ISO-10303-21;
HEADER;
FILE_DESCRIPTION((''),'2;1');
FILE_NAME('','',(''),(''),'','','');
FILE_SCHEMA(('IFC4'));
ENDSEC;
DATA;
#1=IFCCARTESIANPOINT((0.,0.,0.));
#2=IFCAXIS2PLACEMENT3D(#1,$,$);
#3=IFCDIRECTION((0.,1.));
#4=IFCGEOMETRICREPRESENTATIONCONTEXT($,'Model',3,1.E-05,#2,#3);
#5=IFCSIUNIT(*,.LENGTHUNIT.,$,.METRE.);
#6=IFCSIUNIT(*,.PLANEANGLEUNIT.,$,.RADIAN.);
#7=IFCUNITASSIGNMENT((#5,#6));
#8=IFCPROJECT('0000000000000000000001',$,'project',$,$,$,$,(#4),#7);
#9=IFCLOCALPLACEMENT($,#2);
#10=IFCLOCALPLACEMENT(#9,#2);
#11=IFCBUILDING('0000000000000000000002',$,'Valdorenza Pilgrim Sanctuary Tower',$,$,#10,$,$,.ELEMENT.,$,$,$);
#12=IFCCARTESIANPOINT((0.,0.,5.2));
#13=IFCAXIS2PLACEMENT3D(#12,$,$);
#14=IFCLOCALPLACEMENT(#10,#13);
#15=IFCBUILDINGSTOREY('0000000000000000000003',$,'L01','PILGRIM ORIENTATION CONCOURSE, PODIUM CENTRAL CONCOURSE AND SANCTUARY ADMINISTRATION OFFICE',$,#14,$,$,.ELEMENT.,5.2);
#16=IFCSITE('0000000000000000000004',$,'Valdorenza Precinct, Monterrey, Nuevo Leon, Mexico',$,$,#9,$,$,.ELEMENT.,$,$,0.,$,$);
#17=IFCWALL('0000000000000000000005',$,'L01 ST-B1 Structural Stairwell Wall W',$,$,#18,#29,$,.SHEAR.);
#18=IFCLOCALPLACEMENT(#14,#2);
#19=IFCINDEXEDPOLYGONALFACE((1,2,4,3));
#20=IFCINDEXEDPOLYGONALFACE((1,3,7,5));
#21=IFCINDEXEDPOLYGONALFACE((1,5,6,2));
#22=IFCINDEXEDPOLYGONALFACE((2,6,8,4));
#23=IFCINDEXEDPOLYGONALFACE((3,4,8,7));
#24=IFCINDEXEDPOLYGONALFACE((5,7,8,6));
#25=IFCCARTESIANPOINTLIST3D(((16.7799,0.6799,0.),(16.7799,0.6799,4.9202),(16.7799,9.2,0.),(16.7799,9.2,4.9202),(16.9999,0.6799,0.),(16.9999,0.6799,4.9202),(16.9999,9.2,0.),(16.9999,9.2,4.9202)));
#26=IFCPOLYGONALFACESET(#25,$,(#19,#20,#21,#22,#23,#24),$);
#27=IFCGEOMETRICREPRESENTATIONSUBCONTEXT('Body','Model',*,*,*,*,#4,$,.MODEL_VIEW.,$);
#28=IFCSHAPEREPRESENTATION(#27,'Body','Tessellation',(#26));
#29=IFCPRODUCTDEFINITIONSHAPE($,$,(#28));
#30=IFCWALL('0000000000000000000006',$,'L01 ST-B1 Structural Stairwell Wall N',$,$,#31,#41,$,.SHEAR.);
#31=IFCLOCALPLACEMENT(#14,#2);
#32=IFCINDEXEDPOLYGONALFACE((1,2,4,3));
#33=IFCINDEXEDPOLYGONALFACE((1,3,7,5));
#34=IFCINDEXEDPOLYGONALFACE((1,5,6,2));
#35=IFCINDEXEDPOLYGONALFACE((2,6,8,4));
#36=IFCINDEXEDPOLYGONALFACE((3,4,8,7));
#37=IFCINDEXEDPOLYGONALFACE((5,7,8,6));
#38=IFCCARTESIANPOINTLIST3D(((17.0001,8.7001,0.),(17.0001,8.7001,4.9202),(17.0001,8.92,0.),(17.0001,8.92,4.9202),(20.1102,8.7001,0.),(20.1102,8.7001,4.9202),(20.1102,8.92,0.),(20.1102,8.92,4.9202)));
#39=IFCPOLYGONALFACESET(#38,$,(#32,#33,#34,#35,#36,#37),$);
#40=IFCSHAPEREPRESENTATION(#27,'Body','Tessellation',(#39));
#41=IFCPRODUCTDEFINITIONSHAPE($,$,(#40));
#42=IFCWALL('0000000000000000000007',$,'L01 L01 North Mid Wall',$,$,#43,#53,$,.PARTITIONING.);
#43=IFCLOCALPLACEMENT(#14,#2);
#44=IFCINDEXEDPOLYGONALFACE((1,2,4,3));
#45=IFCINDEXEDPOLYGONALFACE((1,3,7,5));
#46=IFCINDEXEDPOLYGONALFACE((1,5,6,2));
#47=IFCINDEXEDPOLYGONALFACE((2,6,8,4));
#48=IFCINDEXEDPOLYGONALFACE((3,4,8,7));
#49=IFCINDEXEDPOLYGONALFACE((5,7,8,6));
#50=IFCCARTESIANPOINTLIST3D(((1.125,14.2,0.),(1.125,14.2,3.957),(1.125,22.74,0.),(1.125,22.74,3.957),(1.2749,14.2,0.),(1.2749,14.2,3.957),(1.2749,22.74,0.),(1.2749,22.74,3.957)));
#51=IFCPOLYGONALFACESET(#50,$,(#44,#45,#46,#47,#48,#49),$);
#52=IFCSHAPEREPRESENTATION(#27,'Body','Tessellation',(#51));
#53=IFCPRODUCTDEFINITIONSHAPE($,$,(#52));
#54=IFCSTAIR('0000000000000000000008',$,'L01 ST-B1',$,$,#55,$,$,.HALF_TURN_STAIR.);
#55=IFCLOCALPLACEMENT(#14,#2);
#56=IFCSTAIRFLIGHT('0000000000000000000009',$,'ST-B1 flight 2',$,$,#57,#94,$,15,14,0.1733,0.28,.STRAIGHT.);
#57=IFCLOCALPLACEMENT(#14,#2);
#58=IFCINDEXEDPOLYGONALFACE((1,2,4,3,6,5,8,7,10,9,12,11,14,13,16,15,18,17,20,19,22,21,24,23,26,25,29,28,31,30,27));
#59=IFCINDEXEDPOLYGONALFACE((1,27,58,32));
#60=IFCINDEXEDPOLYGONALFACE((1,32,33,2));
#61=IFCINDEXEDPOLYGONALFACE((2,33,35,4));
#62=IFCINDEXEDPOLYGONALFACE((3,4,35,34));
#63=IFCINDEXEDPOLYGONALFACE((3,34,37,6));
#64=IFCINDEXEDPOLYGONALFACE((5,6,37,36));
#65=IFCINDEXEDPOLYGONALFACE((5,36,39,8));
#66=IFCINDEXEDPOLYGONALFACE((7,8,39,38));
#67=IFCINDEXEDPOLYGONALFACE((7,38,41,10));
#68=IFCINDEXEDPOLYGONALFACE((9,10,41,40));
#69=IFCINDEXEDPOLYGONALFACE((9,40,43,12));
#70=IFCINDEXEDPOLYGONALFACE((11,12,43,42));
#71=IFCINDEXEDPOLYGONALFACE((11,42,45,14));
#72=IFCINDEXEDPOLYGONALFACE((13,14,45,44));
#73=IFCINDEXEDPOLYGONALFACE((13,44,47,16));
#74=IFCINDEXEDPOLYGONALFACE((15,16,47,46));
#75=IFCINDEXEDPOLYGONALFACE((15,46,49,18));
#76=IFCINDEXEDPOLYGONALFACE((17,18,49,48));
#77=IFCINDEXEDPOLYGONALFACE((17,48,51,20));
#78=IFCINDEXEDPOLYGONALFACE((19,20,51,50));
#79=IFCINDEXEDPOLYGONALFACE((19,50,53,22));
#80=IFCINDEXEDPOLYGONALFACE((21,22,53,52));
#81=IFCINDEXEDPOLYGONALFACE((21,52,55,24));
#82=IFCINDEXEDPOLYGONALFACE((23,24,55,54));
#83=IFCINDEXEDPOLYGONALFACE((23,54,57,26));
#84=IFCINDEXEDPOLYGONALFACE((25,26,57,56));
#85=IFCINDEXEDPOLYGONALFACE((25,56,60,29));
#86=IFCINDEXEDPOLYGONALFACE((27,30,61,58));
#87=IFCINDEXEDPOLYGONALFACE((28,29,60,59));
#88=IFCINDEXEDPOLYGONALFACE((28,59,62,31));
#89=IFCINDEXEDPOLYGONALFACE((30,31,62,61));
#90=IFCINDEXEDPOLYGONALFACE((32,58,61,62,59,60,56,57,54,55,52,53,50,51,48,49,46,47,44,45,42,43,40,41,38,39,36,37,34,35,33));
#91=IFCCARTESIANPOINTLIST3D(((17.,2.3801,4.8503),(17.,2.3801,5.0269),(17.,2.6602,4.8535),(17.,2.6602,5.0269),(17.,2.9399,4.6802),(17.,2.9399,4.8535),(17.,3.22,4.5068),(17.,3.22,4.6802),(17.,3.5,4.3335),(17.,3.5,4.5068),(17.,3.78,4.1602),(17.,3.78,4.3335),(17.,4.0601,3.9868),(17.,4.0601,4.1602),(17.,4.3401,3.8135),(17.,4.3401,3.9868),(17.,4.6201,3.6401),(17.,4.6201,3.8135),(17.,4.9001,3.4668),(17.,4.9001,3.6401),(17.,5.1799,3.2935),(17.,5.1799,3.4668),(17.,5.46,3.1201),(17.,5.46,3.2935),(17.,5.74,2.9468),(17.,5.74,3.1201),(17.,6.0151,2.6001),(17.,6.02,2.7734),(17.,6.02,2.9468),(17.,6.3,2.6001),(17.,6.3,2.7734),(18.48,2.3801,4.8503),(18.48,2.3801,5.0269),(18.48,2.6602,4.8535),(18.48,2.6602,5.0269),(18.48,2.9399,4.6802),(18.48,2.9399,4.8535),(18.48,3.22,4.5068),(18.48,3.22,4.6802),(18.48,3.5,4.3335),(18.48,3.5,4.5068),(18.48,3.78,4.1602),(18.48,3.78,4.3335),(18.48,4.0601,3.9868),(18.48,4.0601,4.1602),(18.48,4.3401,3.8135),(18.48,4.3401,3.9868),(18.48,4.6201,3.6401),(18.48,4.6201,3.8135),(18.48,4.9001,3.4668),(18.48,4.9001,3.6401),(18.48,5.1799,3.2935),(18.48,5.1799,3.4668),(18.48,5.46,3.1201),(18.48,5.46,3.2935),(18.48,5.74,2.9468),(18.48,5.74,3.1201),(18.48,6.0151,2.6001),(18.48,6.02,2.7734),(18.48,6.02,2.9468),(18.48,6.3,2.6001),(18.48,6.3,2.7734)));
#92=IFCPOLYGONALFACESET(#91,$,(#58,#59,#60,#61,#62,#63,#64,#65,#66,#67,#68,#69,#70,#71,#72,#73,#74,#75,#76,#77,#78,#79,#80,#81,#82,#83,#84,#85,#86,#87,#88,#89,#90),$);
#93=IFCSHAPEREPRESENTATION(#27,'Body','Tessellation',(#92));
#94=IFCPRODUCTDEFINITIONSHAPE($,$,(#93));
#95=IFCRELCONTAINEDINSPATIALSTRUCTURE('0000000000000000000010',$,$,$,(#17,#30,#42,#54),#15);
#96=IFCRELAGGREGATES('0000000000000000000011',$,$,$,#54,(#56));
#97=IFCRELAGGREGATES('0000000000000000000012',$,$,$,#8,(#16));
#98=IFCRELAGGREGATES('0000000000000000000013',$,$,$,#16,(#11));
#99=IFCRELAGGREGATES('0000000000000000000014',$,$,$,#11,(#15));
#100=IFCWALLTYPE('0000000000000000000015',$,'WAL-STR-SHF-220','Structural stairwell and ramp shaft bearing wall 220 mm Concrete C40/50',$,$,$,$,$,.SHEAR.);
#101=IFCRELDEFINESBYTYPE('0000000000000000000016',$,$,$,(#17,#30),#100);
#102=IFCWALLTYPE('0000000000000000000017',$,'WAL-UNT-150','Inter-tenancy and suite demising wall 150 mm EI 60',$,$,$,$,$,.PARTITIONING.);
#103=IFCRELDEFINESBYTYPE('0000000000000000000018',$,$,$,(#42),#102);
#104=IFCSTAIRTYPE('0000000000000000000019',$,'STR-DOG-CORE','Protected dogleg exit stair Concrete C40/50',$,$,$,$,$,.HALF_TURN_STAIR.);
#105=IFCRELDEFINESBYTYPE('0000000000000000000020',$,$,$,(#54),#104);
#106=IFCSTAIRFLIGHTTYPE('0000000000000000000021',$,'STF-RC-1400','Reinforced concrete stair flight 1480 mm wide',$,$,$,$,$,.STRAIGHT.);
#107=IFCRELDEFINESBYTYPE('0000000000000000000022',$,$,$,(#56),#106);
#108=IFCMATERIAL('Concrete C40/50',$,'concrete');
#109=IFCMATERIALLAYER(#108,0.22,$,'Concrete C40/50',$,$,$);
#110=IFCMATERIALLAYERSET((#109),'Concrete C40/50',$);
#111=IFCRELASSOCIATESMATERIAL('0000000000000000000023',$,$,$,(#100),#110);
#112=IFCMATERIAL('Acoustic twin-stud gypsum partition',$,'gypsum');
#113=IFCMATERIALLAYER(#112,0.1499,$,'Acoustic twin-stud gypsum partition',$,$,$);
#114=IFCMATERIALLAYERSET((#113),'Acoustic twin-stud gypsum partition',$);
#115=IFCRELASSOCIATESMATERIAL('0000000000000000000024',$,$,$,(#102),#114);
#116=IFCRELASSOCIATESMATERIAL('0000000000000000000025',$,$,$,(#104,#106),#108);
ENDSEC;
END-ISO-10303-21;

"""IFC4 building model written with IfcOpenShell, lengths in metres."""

from ifc_helpers import new_model, si_unit, direction, frame, frame_2d, origin, place, context, subcontext, project, spatial, polyline, rectangle, outline, extrude, material, layer, layer_set, type_object, element, aggregate, save


model = new_model("IFC4")

# Units and contexts
model_context = context("Model", 3, precision=1e-05, world=origin(), true_north=direction((0.0, 1.0)))
body_context = subcontext(model_context, "Body", "Model", "MODEL_VIEW")
ifc_project = project(units=[si_unit("LENGTHUNIT", "METRE"), si_unit("PLANEANGLEUNIT", "RADIAN")], contexts=[model_context])

# Site, building, storey
site_placement = place(None, origin())
site = spatial("IfcSite", under=ifc_project, at=site_placement, Name="Valdorenza Precinct, Monterrey, Nuevo Leon, Mexico", CompositionType="ELEMENT", RefElevation=0.0)
building_placement = place(site_placement, origin())
building = spatial("IfcBuilding", under=site, at=building_placement, Name="Valdorenza Pilgrim Sanctuary Tower", CompositionType="ELEMENT")
storey_placement = place(building_placement, frame((0.0, 0.0, 5.2)))
storey = spatial("IfcBuildingStorey", under=building, at=storey_placement, Name="L01", Description="PILGRIM ORIENTATION CONCOURSE, PODIUM CENTRAL CONCOURSE AND SANCTUARY ADMINISTRATION OFFICE", CompositionType="ELEMENT", Elevation=5.2)

# Shared definitions
ifc_material_1 = material(Name="Acoustic twin-stud gypsum partition", Category="gypsum")

# Wall
ifc_material_2 = material(Name="Concrete C40/50", Category="concrete")
ifc_layer_1 = layer(ifc_material_2, 0.22, Name="Concrete C40/50")
ifc_layer_set_1 = layer_set([ifc_layer_1], Name="Concrete C40/50")
wall_type_1 = type_object("IfcWallType", Name="WAL-STR-SHF-220", Description="Structural stairwell and ramp shaft bearing wall 220 mm Concrete C40/50", PredefinedType="SHEAR", material=ifc_layer_set_1)
wall_1_placement = place(storey_placement, frame((16.8899, 0.6799, 0.0), z_axis=(0.0, 0.0, 1.0), x_axis=(0.0, 1.0, 0.0)))
element("IfcWall", 1, at=wall_1_placement, inside=storey, type_object=wall_type_1, Name="L01 ST-B1 Structural Stairwell Wall W", PredefinedType="SHEAR", context=body_context, shape_type="SweptSolid", body=[
    extrude(rectangle(XDim=8.52, YDim=0.22, at=frame_2d((4.26, 0.0))), origin(), (0.0, 0.0, 1.0), 4.9202),
])

# Walls
wall_2_placement = place(storey_placement, frame((17.0, 8.8101, 0.0), z_axis=(0.0, 0.0, 1.0), x_axis=(1.0, 0.0, 0.0)))
element("IfcWall", 2, at=wall_2_placement, inside=storey, type_object=wall_type_1, Name="L01 ST-B1 Structural Stairwell Wall N", PredefinedType="SHEAR", context=body_context, shape_type="SweptSolid", body=[
    extrude(rectangle(XDim=3.1101, YDim=0.22, at=frame_2d((1.5552, 0.0))), origin(), (0.0, 0.0, 1.0), 4.9202),
])
ifc_layer_2 = layer(ifc_material_1, 0.1499, Name="Acoustic twin-stud gypsum partition")
ifc_layer_set_2 = layer_set([ifc_layer_2], Name="Acoustic twin-stud gypsum partition")
wall_type_2 = type_object("IfcWallType", Name="WAL-UNT-150", Description="Inter-tenancy and suite demising wall 150 mm EI 60", PredefinedType="PARTITIONING", material=ifc_layer_set_2)
wall_3_placement = place(storey_placement, frame((1.2, 14.2, 0.0), z_axis=(0.0, 0.0, 1.0), x_axis=(0.0, 1.0, 0.0)))
element("IfcWall", 3, at=wall_3_placement, inside=storey, type_object=wall_type_2, Name="L01 L01 North Mid Wall", PredefinedType="PARTITIONING", context=body_context, shape_type="SweptSolid", body=[
    extrude(rectangle(XDim=8.54, YDim=0.1499, at=frame_2d((4.27, 0.0))), origin(), (0.0, 0.0, 1.0), 3.957),
])

# Stair, stair flight
stair_type = type_object("IfcStairType", Name="STR-DOG-CORE", Description="Protected dogleg exit stair Concrete C40/50", PredefinedType="HALF_TURN_STAIR", material=ifc_material_2)
stair_placement = place(storey_placement, origin())
stair = element("IfcStair", 4, at=stair_placement, inside=storey, type_object=stair_type, Name="L01 ST-B1", PredefinedType="HALF_TURN_STAIR")
stair_flight_type = type_object("IfcStairFlightType", Name="STF-RC-1400", Description="Reinforced concrete stair flight 1480 mm wide", PredefinedType="STRAIGHT", material=ifc_material_2)
stair_flight_placement = place(storey_placement, frame((17.74, 6.3, 2.6001), z_axis=(0.0, 0.0, 1.0), x_axis=(0.0, -1.0, 0.0)))
stair_flight = element("IfcStairFlight", 5, at=stair_flight_placement, type_object=stair_flight_type, Name="ST-B1 flight 2", NumberOfRisers=15, NumberOfTreads=14, PredefinedType="STRAIGHT", RiserHeight=0.1733, TreadLength=0.28, context=body_context, shape_type="SweptSolid", body=[
    extrude(outline(polyline([(0.0, 0.0), (0.0, 0.1733), (0.28, 0.1733), (0.28, 0.3467), (0.5601, 0.3467), (0.5601, 0.52), (0.8401, 0.52), (0.8401, 0.6934), (1.1201, 0.6934), (1.1201, 0.8667), (1.3999, 0.8667), (1.3999, 1.04), (1.6799, 1.04), (1.6799, 1.2134), (1.96, 1.2134), (1.96, 1.3867), (2.24, 1.3867), (2.24, 1.5601), (2.52, 1.5601), (2.52, 1.7334), (2.8, 1.7334), (2.8, 1.9067), (3.0801, 1.9067), (3.0801, 2.0801), (3.3601, 2.0801), (3.3601, 2.2534), (3.6399, 2.2534), (3.6399, 2.4268), (3.9199, 2.4268), (3.9199, 2.6001), (3.9199, 2.2502), (0.2849, 0.0), (0.0, 0.0)])), frame((0.0, 0.74, 0.0), z_axis=(0.0, -1.0, 0.0), x_axis=(1.0, 0.0, 0.0)), (0.0, 0.0, 1.0), 1.48),
])
aggregate(stair, [stair_flight])

save(model, "model.ifc")
